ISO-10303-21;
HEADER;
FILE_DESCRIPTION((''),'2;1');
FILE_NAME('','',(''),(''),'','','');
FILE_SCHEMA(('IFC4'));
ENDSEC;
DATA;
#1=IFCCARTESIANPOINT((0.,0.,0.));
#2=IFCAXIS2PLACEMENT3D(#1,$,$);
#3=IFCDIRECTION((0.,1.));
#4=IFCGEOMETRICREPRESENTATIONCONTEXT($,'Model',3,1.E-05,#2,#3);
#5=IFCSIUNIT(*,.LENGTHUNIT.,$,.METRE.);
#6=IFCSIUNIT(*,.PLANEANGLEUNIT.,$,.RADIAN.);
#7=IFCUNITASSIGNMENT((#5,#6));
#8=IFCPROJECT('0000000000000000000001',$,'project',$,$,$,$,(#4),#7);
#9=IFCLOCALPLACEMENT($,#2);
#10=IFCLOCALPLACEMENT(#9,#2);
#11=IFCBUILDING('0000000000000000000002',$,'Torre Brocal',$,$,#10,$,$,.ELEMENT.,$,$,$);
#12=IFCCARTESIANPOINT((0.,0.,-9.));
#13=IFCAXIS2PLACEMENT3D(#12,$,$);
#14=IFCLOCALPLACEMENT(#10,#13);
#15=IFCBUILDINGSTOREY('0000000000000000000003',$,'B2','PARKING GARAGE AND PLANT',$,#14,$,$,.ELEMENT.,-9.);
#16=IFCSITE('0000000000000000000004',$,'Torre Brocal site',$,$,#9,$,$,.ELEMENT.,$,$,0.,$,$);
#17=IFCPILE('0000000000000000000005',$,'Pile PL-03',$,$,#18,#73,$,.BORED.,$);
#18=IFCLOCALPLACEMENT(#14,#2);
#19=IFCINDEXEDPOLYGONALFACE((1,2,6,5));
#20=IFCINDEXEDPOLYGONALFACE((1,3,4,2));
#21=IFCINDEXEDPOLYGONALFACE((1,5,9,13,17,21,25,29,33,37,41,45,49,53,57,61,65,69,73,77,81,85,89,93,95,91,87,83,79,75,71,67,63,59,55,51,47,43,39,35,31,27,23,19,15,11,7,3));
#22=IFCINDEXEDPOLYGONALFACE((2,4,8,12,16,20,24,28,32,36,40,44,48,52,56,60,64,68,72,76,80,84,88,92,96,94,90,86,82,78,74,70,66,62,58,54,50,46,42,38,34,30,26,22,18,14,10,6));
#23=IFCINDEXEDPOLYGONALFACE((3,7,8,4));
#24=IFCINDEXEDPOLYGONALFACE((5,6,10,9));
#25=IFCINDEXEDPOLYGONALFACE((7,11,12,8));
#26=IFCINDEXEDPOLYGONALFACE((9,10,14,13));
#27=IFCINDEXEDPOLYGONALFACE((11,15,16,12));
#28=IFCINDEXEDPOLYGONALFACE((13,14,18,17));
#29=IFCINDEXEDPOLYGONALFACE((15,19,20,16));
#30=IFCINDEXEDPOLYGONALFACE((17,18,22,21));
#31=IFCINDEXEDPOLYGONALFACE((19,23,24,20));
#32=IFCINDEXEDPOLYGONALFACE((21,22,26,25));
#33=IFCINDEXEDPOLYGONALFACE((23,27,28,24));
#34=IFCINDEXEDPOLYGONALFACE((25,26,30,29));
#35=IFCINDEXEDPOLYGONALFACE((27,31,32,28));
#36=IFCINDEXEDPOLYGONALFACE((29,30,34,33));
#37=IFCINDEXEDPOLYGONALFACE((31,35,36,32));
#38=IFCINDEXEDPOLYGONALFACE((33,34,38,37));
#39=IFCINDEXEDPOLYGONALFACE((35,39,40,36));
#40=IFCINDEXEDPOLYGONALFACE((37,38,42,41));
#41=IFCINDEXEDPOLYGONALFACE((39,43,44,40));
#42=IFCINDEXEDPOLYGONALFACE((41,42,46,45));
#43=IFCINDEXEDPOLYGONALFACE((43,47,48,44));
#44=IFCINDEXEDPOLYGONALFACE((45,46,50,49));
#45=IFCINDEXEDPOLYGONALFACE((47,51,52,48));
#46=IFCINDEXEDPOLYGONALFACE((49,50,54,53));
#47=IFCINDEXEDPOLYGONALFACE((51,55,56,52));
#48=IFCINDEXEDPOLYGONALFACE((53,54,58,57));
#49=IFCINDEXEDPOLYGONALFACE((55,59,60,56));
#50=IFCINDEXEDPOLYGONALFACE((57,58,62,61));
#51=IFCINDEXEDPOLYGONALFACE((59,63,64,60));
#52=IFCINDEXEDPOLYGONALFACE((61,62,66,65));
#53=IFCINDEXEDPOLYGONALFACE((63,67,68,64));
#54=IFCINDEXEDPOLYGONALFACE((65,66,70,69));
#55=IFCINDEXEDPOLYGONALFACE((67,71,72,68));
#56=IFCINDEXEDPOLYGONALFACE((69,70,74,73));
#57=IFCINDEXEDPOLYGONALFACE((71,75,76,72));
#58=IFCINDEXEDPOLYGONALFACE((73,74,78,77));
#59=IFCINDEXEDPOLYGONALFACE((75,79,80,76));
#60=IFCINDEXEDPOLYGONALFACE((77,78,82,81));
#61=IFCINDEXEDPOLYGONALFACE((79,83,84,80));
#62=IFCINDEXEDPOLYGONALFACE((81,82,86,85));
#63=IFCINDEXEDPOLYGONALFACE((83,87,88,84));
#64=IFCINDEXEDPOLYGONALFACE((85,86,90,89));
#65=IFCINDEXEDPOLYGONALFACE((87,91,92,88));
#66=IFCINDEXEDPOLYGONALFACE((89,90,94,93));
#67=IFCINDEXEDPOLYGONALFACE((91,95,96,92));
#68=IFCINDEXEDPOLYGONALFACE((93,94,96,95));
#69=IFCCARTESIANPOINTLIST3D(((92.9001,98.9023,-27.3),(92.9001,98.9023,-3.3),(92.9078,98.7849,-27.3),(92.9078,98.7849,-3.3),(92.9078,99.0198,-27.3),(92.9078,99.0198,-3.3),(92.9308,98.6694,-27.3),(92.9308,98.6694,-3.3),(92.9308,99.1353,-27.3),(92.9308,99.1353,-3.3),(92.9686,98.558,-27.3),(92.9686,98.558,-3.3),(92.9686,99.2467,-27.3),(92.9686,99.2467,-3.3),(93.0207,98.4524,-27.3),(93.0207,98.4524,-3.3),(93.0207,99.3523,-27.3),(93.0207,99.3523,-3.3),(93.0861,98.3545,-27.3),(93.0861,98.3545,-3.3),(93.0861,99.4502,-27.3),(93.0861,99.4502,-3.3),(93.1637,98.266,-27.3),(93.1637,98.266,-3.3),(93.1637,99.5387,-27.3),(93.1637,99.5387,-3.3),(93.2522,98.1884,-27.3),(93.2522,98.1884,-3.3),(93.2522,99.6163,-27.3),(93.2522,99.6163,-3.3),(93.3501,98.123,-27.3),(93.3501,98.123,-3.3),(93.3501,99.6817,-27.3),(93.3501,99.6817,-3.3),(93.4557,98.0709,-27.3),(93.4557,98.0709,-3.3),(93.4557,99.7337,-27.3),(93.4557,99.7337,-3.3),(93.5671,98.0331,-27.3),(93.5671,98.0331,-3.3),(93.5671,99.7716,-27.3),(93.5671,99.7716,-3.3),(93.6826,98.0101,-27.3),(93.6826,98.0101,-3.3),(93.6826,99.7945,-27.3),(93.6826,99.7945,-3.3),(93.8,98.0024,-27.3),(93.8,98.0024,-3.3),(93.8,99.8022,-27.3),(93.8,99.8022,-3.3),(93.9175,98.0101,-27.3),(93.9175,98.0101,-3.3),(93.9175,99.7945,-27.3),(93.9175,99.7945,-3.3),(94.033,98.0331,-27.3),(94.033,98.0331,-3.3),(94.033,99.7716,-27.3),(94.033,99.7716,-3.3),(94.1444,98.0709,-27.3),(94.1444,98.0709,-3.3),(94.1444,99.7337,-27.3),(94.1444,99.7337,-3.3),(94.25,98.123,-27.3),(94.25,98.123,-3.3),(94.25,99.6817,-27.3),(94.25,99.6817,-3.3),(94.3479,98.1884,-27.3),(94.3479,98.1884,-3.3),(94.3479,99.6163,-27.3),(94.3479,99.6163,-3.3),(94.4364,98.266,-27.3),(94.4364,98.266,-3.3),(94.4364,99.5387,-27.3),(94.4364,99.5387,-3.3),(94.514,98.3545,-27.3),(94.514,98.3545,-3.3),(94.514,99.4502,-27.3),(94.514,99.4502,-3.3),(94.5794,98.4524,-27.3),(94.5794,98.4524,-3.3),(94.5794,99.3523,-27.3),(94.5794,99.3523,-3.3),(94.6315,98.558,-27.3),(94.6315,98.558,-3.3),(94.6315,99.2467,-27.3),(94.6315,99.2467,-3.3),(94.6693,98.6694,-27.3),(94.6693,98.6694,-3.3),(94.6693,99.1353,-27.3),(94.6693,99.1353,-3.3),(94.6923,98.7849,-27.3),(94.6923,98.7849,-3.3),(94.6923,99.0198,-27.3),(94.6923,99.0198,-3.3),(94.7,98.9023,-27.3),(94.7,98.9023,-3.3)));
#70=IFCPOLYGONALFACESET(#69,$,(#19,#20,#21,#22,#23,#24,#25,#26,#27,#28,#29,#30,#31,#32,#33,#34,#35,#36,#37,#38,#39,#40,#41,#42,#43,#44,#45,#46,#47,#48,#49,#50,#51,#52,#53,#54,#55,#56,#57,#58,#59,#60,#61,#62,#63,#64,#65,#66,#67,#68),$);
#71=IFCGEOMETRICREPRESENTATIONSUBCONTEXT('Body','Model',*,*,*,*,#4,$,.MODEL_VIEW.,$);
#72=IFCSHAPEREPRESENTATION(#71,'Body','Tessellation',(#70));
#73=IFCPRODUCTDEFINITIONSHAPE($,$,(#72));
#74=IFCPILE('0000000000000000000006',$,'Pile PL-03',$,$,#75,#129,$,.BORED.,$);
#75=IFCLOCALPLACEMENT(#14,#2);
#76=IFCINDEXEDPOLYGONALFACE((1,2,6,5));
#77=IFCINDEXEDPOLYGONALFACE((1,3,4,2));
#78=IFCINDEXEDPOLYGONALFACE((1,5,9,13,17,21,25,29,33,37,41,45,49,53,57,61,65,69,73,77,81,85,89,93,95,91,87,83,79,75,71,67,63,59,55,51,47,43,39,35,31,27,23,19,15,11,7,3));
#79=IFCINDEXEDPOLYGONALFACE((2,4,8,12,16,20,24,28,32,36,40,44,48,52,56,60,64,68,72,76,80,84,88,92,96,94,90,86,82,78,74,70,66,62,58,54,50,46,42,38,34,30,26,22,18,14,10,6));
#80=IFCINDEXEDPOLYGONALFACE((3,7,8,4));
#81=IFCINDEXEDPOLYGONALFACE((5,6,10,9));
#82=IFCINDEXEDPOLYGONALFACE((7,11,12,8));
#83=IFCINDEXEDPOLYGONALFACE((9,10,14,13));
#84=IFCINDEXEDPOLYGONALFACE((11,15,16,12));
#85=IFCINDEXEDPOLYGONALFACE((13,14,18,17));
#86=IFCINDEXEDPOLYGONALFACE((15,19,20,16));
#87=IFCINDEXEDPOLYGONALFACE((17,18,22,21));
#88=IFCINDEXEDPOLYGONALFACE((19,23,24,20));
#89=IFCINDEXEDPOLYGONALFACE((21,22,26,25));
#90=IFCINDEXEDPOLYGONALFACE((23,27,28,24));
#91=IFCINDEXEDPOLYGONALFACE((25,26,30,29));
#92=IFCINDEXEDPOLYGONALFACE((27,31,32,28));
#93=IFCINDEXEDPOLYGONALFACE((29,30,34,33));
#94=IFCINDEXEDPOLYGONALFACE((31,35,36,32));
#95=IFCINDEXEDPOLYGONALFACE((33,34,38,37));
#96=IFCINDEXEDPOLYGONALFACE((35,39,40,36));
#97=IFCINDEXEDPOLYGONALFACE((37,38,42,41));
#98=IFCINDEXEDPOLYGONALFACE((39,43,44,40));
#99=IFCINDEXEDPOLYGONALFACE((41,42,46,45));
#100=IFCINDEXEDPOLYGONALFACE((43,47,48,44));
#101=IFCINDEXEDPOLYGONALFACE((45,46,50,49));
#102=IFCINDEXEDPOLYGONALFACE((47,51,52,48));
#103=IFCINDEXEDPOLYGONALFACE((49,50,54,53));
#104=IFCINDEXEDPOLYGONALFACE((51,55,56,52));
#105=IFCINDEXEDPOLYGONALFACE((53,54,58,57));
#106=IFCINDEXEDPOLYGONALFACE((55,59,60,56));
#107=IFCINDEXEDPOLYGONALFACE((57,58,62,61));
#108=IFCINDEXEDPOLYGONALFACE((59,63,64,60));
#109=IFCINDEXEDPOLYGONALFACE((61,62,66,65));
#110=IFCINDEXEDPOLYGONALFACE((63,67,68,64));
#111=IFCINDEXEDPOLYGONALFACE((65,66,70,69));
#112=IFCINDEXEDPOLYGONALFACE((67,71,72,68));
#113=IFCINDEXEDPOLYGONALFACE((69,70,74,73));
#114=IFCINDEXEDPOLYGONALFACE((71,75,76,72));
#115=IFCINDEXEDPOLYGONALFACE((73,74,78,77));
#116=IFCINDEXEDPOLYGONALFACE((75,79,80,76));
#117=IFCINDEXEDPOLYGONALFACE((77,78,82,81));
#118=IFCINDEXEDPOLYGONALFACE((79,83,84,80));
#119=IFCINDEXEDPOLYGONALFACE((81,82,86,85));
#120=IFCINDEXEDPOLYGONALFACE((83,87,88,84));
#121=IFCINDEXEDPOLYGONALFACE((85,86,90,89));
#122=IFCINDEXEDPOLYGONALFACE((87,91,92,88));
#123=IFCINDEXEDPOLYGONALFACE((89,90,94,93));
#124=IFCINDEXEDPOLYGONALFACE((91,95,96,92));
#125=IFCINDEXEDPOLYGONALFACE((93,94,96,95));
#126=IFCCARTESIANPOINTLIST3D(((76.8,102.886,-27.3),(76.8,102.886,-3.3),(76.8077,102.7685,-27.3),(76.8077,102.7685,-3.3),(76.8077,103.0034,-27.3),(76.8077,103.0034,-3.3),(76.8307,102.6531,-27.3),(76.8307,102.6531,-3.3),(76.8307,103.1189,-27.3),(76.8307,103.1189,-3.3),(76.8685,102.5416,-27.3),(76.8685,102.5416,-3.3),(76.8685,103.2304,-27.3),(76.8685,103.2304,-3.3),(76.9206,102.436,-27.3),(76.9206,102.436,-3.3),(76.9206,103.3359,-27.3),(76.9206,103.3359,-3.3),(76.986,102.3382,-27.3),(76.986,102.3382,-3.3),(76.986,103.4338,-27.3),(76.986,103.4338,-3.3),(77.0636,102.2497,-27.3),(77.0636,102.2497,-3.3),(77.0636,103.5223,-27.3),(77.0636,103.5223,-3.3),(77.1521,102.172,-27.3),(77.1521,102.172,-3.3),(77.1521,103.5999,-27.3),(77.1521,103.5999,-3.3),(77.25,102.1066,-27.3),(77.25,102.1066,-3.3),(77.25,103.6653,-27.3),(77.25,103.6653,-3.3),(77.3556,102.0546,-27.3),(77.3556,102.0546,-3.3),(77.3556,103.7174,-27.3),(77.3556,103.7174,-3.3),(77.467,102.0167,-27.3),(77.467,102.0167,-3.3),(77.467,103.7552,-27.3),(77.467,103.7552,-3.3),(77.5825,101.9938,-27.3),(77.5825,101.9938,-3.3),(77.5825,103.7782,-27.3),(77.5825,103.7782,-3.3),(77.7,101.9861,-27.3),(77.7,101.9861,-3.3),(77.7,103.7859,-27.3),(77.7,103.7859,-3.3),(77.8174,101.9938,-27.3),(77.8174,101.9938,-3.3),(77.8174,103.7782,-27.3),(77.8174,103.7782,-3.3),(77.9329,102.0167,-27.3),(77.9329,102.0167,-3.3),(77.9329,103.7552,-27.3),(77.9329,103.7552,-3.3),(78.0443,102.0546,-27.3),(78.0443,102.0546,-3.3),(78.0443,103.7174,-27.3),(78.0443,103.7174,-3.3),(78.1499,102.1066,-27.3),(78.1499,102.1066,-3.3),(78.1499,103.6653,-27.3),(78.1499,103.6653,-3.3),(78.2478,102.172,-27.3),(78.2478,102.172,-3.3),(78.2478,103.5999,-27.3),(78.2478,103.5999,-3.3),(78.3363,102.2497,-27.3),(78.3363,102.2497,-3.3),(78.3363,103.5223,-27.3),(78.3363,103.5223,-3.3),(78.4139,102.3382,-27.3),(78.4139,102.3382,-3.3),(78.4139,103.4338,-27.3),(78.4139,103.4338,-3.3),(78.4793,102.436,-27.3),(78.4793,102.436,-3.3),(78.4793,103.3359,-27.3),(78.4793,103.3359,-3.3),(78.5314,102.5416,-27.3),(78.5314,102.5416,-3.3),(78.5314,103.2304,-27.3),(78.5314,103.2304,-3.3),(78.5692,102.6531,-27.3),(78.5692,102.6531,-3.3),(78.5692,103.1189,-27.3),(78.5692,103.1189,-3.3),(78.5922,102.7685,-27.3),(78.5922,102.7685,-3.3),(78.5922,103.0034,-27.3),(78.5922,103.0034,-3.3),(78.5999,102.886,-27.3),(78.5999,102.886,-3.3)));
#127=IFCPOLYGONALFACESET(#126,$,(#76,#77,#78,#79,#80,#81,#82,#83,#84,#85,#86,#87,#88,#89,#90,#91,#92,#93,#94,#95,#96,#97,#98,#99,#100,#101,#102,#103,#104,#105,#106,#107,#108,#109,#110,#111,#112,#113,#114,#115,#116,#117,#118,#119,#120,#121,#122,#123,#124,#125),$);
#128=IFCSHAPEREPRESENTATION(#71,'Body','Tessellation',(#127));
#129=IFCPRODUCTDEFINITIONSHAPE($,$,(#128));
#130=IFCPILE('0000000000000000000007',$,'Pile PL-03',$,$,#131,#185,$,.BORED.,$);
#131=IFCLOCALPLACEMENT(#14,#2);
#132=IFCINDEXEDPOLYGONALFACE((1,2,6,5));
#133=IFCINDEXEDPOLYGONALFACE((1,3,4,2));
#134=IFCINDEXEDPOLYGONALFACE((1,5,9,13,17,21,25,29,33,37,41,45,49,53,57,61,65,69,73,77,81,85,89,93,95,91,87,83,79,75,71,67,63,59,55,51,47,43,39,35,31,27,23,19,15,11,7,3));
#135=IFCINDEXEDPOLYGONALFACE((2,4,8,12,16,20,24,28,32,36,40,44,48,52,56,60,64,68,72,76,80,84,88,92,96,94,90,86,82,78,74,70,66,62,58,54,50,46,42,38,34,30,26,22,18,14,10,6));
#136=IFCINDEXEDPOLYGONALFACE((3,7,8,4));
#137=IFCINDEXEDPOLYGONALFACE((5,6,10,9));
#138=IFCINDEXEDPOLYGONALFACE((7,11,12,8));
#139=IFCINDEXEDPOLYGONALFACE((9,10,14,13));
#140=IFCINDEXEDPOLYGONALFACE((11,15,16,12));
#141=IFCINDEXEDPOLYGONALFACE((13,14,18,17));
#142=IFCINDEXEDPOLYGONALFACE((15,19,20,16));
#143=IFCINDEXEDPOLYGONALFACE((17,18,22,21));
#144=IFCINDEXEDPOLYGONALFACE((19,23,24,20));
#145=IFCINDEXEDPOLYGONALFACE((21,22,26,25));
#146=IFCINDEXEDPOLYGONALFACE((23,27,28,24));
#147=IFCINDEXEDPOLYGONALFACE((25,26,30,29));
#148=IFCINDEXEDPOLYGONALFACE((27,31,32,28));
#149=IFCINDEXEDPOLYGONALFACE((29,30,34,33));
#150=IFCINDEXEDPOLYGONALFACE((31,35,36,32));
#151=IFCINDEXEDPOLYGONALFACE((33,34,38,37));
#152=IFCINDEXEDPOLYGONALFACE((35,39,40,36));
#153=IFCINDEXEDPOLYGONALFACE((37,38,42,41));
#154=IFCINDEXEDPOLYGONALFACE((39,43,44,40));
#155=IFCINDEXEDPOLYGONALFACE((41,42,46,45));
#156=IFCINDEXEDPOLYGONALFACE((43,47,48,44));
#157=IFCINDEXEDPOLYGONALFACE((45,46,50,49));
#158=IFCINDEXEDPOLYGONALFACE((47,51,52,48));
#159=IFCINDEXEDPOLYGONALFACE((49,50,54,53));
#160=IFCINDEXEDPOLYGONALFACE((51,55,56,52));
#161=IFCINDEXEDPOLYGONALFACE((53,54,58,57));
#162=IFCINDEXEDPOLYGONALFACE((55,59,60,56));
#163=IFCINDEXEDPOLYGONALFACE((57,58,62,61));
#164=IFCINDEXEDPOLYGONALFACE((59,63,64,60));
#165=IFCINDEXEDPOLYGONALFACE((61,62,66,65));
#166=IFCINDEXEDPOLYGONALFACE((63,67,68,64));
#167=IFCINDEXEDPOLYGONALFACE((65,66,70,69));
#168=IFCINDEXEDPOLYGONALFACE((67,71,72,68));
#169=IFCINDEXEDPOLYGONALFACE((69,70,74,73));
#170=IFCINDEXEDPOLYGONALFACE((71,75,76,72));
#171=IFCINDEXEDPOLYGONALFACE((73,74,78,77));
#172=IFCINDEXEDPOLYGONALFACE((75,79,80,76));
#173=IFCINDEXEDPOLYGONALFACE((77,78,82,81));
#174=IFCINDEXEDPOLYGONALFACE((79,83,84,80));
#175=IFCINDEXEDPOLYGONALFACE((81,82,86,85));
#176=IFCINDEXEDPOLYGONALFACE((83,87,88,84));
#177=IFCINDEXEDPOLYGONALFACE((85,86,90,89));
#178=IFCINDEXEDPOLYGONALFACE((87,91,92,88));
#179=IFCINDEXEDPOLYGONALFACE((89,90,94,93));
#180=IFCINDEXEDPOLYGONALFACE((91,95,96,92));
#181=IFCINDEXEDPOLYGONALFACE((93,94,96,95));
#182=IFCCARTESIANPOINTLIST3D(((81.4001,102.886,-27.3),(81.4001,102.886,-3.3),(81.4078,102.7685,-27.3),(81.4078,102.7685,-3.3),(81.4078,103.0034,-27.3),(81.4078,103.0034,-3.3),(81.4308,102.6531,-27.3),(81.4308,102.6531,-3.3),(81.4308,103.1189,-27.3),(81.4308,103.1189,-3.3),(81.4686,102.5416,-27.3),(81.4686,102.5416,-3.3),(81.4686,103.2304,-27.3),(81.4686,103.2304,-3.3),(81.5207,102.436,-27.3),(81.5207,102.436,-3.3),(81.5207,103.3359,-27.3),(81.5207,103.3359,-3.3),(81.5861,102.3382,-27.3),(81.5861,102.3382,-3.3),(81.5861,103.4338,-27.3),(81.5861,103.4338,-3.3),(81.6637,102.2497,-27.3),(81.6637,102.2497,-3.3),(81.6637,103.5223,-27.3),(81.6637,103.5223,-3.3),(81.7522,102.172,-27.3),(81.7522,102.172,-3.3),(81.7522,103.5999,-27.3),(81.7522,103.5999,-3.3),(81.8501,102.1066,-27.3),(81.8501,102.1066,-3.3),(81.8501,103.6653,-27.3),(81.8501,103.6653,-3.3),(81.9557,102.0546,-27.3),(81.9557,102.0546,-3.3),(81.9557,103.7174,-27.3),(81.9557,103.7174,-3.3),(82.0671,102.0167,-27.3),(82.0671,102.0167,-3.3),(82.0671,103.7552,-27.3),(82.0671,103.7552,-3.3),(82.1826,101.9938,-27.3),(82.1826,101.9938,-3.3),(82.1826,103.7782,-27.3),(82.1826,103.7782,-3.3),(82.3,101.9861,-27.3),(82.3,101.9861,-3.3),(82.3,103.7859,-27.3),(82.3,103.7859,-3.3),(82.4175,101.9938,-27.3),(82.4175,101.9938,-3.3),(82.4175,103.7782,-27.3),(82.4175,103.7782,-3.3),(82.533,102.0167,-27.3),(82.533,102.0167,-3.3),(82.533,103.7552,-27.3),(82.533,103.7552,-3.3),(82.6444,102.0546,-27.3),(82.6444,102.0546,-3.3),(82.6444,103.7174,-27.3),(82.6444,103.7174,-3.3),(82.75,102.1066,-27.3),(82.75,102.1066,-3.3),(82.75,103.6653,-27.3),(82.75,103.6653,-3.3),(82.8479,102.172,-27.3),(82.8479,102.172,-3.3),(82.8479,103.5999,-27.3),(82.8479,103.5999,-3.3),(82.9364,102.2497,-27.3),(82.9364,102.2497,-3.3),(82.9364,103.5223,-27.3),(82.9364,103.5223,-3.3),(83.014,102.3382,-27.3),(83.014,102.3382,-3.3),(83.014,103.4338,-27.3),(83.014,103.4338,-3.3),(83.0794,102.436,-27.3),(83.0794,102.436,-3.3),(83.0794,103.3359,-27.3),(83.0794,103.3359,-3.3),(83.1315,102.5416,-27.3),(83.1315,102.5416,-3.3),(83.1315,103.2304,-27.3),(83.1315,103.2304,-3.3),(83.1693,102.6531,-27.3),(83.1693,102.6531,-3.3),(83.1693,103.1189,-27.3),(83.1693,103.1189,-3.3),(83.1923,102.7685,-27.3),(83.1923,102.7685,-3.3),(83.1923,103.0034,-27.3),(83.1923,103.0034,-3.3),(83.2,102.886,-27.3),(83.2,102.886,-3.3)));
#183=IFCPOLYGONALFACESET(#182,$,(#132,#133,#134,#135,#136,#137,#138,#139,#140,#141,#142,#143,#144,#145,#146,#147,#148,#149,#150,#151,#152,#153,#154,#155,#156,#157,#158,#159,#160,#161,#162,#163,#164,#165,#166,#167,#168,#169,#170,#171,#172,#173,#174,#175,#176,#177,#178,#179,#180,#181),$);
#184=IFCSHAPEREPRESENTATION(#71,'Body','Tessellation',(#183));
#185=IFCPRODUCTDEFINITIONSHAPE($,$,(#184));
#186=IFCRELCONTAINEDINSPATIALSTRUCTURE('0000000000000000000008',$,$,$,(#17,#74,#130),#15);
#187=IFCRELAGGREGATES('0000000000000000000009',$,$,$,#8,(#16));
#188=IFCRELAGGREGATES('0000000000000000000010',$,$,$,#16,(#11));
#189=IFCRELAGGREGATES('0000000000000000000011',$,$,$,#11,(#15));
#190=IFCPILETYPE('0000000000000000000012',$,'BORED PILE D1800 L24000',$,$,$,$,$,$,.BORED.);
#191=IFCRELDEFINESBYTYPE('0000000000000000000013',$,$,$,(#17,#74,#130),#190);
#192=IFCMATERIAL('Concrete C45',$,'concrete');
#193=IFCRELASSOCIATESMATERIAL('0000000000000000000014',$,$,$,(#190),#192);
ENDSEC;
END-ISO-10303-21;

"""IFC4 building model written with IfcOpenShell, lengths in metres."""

from ifc_helpers import new_model, si_unit, direction, frame, origin, origin_2d, place, context, subcontext, project, spatial, circle, extrude, material, material_profile, profile_set, type_object, element, save


model = new_model("IFC4")

# Units and contexts
model_context = context("Model", 3, precision=1e-05, world=origin(), true_north=direction((0.0, 1.0)))
body_context = subcontext(model_context, "Body", "Model", "MODEL_VIEW")
ifc_project = project(units=[si_unit("LENGTHUNIT", "METRE"), si_unit("PLANEANGLEUNIT", "RADIAN")], contexts=[model_context])

# Site, building, storey
site_placement = place(None, origin())
site = spatial("IfcSite", under=ifc_project, at=site_placement, Name="Torre Brocal site", CompositionType="ELEMENT", RefElevation=0.0)
building_placement = place(site_placement, origin())
building = spatial("IfcBuilding", under=site, at=building_placement, Name="Torre Brocal", CompositionType="ELEMENT")
storey_placement = place(building_placement, frame((0.0, 0.0, -9.0)))
storey = spatial("IfcBuildingStorey", under=building, at=storey_placement, Name="B2", Description="PARKING GARAGE AND PLANT", CompositionType="ELEMENT", Elevation=-9.0)

# Piles
ifc_material_1 = material(Name="Concrete C45", Category="concrete")
ifc_material_profile_1 = material_profile(ifc_material_1, circle(Radius=0.8999, at=origin_2d()), Name="BORED PILE D1800")
ifc_profile_set_1 = profile_set([ifc_material_profile_1], Name="Concrete C45")
pile_type_1 = type_object("IfcPileType", Name="BORED PILE D1800 L24000", PredefinedType="BORED", material=ifc_profile_set_1)
for number, where, z_axis, x_axis, name in (
    (1, (93.8, 98.9023, -3.3), (0.0, 0.0, -1.0), (1.0, 0.0, 0.0), "Pile PL-03"),
    (2, (77.7, 102.886, -3.3), (0.0, 0.0, -1.0), (1.0, 0.0, 0.0), "Pile PL-03"),
    (3, (82.3, 102.886, -3.3), (0.0, 0.0, -1.0), (1.0, 0.0, 0.0), "Pile PL-03"),
):
    element("IfcPile", number, at=place(storey_placement, frame(where, z_axis=z_axis, x_axis=x_axis)), inside=storey, type_object=pile_type_1, Name=name, PredefinedType="BORED", context=body_context, shape_type="SweptSolid", body=[
        extrude(circle(Radius=0.8999, at=origin_2d()), origin(), (0.0, 0.0, 1.0), 24.0),
    ])

save(model, "model.ifc")
